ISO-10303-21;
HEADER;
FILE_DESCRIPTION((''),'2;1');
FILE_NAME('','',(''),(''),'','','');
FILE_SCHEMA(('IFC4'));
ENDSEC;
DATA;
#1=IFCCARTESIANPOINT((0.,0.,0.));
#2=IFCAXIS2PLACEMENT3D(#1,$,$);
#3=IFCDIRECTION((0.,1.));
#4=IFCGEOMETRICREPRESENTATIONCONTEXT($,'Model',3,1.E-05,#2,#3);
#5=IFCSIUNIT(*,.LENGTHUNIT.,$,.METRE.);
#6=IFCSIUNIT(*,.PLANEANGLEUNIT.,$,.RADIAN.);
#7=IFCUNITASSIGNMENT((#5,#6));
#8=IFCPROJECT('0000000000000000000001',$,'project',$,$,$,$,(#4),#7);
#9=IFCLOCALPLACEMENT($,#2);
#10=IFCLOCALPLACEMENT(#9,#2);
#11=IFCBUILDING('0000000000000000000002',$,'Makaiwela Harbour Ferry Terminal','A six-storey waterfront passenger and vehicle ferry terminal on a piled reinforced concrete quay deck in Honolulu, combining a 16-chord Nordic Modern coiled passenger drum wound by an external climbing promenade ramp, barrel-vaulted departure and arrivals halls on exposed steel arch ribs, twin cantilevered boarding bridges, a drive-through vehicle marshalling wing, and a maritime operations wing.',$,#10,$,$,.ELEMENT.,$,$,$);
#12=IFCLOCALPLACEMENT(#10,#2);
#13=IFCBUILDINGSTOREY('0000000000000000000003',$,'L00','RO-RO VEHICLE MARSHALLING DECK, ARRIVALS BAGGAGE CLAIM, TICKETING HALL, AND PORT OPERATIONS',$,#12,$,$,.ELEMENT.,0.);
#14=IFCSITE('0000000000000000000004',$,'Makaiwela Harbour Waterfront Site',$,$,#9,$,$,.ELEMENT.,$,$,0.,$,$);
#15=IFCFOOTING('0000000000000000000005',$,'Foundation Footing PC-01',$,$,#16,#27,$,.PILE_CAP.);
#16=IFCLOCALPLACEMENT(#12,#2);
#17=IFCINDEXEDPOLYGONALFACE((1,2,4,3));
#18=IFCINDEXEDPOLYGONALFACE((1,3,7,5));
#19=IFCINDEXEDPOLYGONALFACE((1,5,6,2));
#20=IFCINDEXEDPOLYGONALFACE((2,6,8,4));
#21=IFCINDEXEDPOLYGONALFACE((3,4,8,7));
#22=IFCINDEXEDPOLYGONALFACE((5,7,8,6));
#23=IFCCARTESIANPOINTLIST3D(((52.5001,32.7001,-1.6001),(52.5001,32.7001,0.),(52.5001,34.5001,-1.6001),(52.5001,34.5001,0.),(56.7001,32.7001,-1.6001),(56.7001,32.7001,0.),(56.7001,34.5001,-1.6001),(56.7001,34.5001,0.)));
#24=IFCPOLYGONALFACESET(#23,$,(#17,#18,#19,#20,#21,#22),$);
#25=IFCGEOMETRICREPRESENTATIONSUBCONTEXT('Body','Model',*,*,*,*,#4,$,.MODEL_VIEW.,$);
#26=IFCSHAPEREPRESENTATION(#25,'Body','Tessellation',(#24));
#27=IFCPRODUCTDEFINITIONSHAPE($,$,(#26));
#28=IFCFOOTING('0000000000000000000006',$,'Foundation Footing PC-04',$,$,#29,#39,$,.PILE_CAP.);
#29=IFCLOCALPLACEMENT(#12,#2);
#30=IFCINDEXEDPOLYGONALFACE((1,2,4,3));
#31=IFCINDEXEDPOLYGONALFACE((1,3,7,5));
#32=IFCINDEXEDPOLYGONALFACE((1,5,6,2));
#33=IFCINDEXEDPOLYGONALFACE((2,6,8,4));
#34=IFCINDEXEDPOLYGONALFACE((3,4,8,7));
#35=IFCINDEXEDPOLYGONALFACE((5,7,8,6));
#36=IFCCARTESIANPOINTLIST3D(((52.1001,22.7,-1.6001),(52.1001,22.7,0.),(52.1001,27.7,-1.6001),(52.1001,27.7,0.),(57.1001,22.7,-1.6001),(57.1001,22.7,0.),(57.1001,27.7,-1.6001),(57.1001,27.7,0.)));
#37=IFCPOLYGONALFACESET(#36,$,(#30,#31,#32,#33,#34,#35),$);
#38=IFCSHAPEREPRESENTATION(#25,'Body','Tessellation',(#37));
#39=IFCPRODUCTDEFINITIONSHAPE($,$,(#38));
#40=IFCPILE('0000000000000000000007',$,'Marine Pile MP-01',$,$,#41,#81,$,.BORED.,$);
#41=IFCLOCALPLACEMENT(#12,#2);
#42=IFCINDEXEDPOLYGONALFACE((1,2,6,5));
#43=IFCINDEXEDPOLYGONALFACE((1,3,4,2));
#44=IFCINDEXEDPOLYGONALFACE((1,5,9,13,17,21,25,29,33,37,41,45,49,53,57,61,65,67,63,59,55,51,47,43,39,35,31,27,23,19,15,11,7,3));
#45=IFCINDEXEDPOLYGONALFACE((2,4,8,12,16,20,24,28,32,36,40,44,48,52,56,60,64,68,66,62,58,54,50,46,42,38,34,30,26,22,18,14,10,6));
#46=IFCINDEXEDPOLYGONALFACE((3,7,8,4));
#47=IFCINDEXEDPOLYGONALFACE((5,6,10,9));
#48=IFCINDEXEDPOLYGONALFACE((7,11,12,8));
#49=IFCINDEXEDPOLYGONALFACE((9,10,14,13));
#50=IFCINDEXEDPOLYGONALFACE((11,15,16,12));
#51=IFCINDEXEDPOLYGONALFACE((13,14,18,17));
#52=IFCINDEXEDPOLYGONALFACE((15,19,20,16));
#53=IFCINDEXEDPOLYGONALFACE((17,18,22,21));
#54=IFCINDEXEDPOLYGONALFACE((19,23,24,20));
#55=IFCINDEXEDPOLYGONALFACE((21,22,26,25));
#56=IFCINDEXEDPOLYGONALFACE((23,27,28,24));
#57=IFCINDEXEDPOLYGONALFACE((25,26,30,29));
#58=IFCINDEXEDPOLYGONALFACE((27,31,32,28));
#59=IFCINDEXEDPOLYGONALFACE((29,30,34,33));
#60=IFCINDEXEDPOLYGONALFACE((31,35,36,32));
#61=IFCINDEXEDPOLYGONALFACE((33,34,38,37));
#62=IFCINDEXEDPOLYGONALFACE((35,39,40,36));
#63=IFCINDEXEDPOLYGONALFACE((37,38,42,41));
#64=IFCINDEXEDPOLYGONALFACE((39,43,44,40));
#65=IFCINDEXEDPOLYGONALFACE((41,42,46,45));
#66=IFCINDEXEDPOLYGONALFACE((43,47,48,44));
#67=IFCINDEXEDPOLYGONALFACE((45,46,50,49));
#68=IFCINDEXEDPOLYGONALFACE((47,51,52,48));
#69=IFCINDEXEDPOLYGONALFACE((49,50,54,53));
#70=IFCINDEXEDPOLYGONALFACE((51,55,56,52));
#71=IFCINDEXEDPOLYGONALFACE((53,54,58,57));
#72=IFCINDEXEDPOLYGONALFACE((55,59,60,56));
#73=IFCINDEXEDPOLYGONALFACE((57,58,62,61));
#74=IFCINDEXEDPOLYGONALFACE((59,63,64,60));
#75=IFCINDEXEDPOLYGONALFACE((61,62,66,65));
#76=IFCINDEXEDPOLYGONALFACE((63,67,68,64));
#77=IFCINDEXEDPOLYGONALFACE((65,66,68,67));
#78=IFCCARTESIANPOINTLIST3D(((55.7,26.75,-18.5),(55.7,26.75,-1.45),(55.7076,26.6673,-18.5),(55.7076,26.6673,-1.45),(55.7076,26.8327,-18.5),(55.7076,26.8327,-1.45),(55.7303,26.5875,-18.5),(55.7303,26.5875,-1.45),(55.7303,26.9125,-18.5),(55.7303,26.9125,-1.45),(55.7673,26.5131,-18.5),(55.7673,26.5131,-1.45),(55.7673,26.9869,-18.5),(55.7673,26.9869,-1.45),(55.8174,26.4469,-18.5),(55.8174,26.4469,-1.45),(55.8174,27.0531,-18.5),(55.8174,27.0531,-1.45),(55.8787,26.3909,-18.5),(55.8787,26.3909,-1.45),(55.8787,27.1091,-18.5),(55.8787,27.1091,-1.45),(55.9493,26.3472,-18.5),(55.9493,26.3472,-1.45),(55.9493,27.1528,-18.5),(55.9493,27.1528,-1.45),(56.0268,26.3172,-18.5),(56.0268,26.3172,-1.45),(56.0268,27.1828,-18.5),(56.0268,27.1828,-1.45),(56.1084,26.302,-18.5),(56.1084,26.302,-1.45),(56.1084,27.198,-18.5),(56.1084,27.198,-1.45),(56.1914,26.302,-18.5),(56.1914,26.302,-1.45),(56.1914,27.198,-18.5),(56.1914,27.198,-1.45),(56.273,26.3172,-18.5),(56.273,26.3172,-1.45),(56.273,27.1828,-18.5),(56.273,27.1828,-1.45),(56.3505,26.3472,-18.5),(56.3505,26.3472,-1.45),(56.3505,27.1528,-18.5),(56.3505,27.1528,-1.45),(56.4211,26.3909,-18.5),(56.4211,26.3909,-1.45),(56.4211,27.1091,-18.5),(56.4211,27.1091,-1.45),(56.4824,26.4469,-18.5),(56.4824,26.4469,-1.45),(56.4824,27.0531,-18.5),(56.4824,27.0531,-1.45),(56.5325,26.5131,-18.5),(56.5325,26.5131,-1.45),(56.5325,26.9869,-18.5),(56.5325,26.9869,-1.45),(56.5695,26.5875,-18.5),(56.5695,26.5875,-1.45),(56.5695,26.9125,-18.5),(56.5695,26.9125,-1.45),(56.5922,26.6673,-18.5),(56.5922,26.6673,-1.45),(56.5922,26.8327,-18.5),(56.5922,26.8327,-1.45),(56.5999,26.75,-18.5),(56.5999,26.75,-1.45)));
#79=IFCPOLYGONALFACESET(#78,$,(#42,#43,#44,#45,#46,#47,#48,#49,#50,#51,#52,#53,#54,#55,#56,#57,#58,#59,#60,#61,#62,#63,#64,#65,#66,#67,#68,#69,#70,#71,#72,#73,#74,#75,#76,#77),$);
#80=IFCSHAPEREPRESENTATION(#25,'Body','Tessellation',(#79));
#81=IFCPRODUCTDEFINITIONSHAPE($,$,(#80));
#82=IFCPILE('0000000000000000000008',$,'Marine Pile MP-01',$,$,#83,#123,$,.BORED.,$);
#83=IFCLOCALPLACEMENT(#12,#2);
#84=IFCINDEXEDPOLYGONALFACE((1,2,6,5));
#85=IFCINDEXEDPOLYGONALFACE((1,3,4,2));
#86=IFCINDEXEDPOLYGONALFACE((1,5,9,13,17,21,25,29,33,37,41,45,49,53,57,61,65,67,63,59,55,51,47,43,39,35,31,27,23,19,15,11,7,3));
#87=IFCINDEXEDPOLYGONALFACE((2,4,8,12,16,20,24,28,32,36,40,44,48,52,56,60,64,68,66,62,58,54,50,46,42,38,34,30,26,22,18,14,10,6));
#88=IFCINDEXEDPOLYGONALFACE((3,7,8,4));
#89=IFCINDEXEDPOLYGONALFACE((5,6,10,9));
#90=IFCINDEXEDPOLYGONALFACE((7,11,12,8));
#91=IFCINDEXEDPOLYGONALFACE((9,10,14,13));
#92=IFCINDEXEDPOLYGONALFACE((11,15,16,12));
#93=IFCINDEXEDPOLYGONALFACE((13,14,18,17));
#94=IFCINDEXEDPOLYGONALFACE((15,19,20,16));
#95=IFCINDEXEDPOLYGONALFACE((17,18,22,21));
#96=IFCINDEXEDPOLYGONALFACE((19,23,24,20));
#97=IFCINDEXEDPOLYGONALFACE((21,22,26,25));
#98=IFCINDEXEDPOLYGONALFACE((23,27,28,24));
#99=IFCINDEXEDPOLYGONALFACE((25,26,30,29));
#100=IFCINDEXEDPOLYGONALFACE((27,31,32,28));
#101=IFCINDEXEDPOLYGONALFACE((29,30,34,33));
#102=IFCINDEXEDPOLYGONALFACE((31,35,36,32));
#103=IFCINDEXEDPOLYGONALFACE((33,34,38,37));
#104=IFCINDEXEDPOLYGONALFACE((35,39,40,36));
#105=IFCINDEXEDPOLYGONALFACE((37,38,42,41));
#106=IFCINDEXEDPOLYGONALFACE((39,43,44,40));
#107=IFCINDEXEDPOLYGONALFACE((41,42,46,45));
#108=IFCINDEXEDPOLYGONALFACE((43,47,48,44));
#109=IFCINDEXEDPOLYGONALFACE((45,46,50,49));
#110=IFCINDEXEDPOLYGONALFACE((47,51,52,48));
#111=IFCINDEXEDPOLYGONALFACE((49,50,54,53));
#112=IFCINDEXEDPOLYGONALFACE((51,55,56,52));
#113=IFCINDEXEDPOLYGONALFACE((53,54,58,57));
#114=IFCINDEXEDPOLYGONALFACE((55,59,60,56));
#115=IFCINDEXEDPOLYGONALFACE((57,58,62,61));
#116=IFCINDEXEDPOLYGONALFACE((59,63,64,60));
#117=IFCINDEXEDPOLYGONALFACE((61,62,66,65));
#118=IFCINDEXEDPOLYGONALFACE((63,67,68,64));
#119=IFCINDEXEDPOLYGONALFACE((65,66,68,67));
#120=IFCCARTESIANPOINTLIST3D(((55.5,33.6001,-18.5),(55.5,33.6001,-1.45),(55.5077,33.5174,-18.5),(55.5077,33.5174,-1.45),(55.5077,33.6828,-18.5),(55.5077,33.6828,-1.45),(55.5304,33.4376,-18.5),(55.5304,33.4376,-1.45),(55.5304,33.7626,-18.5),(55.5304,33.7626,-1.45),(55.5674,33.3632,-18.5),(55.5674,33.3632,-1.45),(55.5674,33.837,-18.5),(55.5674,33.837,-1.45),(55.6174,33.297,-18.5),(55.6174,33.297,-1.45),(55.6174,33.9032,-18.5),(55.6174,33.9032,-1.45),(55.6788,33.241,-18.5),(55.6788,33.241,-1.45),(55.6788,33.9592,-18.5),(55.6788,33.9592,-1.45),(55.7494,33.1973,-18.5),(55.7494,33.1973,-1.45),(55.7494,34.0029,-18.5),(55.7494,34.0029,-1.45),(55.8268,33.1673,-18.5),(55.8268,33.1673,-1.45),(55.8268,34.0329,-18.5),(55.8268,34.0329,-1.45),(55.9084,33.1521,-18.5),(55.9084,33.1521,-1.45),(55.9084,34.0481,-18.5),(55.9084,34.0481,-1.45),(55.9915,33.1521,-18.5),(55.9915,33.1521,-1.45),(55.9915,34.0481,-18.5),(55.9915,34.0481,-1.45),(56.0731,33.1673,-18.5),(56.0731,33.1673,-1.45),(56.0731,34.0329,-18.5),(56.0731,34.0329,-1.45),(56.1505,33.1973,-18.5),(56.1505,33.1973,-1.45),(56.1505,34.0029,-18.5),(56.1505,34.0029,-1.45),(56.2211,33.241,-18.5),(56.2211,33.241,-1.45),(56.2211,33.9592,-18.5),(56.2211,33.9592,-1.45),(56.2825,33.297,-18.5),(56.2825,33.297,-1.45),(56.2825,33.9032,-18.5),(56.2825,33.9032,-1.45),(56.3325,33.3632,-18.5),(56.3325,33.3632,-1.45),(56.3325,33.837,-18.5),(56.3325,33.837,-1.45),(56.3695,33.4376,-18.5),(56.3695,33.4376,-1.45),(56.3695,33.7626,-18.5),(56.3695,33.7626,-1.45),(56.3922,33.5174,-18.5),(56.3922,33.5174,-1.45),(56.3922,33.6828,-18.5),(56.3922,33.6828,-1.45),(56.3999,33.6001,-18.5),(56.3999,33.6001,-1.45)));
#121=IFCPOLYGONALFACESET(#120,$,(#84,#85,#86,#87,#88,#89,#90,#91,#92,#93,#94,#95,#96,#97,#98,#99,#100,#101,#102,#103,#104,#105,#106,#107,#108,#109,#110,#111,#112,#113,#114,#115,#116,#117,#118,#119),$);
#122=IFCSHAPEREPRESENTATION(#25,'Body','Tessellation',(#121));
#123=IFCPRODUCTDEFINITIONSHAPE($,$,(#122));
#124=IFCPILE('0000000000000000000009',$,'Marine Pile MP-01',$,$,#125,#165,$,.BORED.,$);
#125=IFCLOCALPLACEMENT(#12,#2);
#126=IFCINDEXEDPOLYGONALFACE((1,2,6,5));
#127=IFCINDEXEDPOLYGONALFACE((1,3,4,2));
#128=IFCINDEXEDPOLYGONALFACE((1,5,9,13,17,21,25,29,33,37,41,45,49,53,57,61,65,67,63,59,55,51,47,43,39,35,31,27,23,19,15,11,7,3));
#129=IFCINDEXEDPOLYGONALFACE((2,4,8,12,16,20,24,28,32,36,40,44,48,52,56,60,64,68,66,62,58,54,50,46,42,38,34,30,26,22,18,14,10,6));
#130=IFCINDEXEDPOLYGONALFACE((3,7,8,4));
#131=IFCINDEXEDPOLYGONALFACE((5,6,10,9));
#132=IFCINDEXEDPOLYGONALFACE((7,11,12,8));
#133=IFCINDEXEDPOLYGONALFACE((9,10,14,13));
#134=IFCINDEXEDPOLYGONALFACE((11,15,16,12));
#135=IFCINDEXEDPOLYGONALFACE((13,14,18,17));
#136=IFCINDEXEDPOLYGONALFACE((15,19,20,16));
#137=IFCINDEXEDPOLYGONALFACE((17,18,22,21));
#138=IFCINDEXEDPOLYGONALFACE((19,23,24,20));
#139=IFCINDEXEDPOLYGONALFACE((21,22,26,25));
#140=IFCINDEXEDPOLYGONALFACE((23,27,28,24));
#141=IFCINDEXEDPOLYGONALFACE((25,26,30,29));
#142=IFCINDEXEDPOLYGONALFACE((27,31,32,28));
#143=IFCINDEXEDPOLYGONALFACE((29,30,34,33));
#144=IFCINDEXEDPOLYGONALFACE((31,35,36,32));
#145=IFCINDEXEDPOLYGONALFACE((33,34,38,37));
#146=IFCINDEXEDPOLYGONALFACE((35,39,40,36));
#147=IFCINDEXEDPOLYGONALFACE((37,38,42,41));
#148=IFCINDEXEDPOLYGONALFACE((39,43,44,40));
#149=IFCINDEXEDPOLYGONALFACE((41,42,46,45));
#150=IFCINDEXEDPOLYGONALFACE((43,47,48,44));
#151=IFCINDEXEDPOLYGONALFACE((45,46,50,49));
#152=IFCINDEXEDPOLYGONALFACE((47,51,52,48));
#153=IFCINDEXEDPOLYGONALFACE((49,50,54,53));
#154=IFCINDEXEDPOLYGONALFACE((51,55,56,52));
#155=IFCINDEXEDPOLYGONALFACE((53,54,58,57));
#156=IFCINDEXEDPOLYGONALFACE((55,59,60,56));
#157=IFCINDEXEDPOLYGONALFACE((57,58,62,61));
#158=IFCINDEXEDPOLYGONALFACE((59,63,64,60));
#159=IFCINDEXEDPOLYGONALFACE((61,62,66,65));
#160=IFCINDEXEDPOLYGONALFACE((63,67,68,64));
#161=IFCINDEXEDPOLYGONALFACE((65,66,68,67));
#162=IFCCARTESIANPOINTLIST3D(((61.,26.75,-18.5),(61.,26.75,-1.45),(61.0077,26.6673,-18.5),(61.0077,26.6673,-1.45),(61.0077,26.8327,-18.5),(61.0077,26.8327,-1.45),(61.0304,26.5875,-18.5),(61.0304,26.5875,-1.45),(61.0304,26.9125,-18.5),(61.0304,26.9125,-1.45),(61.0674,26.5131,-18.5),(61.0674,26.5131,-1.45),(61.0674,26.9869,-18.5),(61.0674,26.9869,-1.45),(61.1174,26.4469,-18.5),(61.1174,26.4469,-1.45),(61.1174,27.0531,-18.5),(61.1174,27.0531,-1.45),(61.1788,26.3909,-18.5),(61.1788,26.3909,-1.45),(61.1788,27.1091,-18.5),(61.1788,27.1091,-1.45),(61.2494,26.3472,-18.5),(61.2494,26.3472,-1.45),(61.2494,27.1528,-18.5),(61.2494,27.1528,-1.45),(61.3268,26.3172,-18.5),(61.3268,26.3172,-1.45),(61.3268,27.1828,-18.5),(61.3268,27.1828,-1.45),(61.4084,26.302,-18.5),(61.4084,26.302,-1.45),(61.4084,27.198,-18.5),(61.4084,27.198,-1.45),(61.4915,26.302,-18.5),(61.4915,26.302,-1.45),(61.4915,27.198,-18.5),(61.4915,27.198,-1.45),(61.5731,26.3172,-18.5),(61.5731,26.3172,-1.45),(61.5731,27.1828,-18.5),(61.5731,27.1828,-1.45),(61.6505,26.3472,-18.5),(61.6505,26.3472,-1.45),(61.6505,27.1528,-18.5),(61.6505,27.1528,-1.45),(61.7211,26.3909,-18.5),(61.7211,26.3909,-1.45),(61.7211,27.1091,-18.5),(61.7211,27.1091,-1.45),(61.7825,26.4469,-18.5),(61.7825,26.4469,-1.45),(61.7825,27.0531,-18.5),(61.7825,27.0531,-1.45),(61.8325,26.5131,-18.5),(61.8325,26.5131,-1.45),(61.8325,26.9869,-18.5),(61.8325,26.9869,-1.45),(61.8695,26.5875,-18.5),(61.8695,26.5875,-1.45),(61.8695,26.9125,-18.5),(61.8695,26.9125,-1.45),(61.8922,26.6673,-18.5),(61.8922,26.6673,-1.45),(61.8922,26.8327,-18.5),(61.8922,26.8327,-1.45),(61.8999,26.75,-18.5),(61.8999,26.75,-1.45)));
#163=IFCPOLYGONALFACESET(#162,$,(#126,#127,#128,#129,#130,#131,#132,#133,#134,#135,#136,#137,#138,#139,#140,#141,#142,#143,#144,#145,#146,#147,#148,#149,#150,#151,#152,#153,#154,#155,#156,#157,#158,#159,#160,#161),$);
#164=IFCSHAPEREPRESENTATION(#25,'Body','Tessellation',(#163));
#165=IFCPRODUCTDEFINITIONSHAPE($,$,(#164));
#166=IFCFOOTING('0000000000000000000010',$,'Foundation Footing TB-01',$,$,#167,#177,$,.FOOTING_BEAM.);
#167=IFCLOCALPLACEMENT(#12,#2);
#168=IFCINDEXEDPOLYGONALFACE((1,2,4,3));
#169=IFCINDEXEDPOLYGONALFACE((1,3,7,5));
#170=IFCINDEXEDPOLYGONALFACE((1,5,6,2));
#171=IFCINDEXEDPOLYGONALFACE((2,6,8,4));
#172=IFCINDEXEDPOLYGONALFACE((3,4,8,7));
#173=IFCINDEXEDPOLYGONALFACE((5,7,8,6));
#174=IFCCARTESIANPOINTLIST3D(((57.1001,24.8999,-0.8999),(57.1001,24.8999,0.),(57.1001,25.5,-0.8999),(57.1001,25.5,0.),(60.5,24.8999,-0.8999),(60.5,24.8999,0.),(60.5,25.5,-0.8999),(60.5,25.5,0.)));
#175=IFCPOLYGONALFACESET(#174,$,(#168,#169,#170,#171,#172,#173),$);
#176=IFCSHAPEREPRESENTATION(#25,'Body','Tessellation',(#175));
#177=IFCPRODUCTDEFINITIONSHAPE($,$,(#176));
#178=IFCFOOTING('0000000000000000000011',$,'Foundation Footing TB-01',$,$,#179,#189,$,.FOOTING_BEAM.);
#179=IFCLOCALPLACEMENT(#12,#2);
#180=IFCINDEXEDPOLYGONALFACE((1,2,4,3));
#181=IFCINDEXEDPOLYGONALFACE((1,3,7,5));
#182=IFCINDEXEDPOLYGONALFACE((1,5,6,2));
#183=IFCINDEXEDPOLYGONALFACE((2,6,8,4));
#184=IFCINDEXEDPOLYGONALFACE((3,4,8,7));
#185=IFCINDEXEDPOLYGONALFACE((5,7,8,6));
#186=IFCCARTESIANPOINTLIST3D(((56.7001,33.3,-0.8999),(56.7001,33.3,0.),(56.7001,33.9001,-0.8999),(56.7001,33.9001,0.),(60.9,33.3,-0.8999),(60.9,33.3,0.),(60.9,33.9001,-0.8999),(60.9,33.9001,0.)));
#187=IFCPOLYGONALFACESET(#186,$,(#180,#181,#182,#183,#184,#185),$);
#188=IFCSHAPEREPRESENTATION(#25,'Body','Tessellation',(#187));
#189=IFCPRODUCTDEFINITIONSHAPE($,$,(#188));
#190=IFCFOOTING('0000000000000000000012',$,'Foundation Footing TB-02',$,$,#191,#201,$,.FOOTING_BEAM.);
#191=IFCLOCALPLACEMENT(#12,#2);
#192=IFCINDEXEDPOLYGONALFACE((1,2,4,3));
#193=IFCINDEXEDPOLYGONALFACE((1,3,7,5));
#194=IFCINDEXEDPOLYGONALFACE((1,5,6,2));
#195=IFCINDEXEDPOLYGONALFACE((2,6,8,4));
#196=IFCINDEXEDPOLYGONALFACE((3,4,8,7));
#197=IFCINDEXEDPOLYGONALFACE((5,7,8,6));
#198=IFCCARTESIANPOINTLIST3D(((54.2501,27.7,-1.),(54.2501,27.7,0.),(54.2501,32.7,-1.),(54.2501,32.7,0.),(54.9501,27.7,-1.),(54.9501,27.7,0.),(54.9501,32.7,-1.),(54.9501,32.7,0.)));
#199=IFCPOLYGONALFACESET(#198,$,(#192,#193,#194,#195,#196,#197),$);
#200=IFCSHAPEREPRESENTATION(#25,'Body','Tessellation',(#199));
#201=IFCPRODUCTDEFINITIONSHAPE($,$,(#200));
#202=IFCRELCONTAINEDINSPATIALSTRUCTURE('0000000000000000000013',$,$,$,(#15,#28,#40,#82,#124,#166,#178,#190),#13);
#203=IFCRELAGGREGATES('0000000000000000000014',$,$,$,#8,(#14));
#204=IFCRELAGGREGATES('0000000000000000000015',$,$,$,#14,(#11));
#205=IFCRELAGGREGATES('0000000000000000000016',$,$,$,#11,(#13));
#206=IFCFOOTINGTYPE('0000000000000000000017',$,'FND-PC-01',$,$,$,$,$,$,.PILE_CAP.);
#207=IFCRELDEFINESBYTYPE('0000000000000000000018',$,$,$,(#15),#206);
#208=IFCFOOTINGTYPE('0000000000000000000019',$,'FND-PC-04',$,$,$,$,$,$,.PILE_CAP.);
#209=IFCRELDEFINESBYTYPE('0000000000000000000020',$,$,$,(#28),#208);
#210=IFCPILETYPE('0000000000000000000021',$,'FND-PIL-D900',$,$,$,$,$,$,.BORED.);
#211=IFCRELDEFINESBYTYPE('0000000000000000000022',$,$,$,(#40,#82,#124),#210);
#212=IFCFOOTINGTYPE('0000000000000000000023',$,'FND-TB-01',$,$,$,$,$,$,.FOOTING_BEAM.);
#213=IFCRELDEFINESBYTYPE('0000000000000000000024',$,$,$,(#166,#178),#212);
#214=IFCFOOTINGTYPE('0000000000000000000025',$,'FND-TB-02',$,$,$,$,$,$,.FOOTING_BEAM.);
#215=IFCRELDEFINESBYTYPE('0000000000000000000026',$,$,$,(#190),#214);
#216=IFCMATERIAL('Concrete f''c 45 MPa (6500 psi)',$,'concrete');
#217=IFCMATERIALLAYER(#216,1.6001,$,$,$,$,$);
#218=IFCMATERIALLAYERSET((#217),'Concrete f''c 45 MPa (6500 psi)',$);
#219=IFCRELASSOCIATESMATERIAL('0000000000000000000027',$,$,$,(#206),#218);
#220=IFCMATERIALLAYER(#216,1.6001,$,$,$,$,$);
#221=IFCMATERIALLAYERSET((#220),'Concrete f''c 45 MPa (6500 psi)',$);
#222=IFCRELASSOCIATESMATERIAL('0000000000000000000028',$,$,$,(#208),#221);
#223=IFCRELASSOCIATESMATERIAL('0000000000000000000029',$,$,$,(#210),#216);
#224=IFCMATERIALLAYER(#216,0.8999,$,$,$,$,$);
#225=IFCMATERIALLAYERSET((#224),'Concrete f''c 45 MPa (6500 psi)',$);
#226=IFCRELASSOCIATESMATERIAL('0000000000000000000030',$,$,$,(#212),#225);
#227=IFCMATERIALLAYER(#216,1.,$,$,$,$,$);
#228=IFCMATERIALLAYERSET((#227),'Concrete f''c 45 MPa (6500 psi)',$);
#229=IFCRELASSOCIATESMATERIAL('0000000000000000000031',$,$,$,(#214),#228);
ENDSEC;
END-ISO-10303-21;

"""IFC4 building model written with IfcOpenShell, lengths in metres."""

from ifc_helpers import new_model, si_unit, direction, frame, origin, origin_2d, place, context, subcontext, project, spatial, rectangle, circle, extrude, material, layer, layer_set, material_profile, profile_set, type_object, element, save


model = new_model("IFC4")

# Units and contexts
model_context = context("Model", 3, precision=1e-05, world=origin(), true_north=direction((0.0, 1.0)))
body_context = subcontext(model_context, "Body", "Model", "MODEL_VIEW")
ifc_project = project(units=[si_unit("LENGTHUNIT", "METRE"), si_unit("PLANEANGLEUNIT", "RADIAN")], contexts=[model_context])

# Site, building, storey
site_placement = place(None, origin())
site = spatial("IfcSite", under=ifc_project, at=site_placement, Name="Makaiwela Harbour Waterfront Site", CompositionType="ELEMENT", RefElevation=0.0)
building_placement = place(site_placement, origin())
building = spatial("IfcBuilding", under=site, at=building_placement, Name="Makaiwela Harbour Ferry Terminal", Description="A six-storey waterfront passenger and vehicle ferry terminal on a piled reinforced concrete quay deck in Honolulu, combining a 16-chord Nordic Modern coiled passenger drum wound by an external climbing promenade ramp, barrel-vaulted departure and arrivals halls on exposed steel arch ribs, twin cantilevered boarding bridges, a drive-through vehicle marshalling wing, and a maritime operations wing.", CompositionType="ELEMENT")
storey_placement = place(building_placement, origin())
storey = spatial("IfcBuildingStorey", under=building, at=storey_placement, Name="L00", Description="RO-RO VEHICLE MARSHALLING DECK, ARRIVALS BAGGAGE CLAIM, TICKETING HALL, AND PORT OPERATIONS", CompositionType="ELEMENT", Elevation=0.0)

# Footings
ifc_material_1 = material(Name="Concrete f'c 45 MPa (6500 psi)", Category="concrete")
ifc_layer_1 = layer(ifc_material_1, 1.6001)
ifc_layer_set_1 = layer_set([ifc_layer_1], Name="Concrete f'c 45 MPa (6500 psi)")
footing_type_1 = type_object("IfcFootingType", Name="FND-PC-01", PredefinedType="PILE_CAP", material=ifc_layer_set_1)
footing_1_placement = place(storey_placement, frame((54.6001, 33.6001, -1.6001), z_axis=(0.0, 0.0, 1.0), x_axis=(1.0, 0.0, 0.0)))
element("IfcFooting", 1, at=footing_1_placement, inside=storey, type_object=footing_type_1, Name="Foundation Footing PC-01", PredefinedType="PILE_CAP", context=body_context, shape_type="SweptSolid", body=[
    extrude(rectangle(XDim=4.2, YDim=1.8, at=origin_2d()), origin(), (0.0, 0.0, 1.0), 1.6001),
])
ifc_layer_2 = layer(ifc_material_1, 1.6001)
ifc_layer_set_2 = layer_set([ifc_layer_2], Name="Concrete f'c 45 MPa (6500 psi)")
footing_type_2 = type_object("IfcFootingType", Name="FND-PC-04", PredefinedType="PILE_CAP", material=ifc_layer_set_2)
footing_2_placement = place(storey_placement, frame((54.6001, 25.2, -1.6001), z_axis=(0.0, 0.0, 1.0), x_axis=(1.0, 0.0, 0.0)))
element("IfcFooting", 2, at=footing_2_placement, inside=storey, type_object=footing_type_2, Name="Foundation Footing PC-04", PredefinedType="PILE_CAP", context=body_context, shape_type="SweptSolid", body=[
    extrude(rectangle(XDim=5.0, YDim=5.0, at=origin_2d()), origin(), (0.0, 0.0, 1.0), 1.6001),
])

# Piles
ifc_material_profile_1 = material_profile(ifc_material_1, circle(Radius=0.45, at=origin_2d()), Name="PILE-D900")
ifc_profile_set_1 = profile_set([ifc_material_profile_1], Name="Concrete f'c 45 MPa (6500 psi)")
pile_type = type_object("IfcPileType", Name="FND-PIL-D900", PredefinedType="BORED", material=ifc_profile_set_1)
for number, where, z_axis, x_axis, name in (
    (3, (56.1499, 26.75, -1.45), (0.0, 0.0, -1.0), (1.0, 0.0, 0.0), "Marine Pile MP-01"),
    (4, (55.95, 33.6001, -1.45), (0.0, 0.0, -1.0), (1.0, 0.0, 0.0), "Marine Pile MP-01"),
    (5, (61.45, 26.75, -1.45), (0.0, 0.0, -1.0), (1.0, 0.0, 0.0), "Marine Pile MP-01"),
):
    element("IfcPile", number, at=place(storey_placement, frame(where, z_axis=z_axis, x_axis=x_axis)), inside=storey, type_object=pile_type, Name=name, PredefinedType="BORED", context=body_context, shape_type="SweptSolid", body=[
        extrude(circle(Radius=0.45, at=origin_2d()), origin(), (0.0, 0.0, 1.0), 17.05),
    ])

# Footings
ifc_layer_3 = layer(ifc_material_1, 0.8999)
ifc_layer_set_3 = layer_set([ifc_layer_3], Name="Concrete f'c 45 MPa (6500 psi)")
footing_type_3 = type_object("IfcFootingType", Name="FND-TB-01", PredefinedType="FOOTING_BEAM", material=ifc_layer_set_3)
footing_3_placement = place(storey_placement, frame((58.8, 25.2, -0.8999), z_axis=(0.0, 0.0, 1.0), x_axis=(1.0, 0.0, 0.0)))
element("IfcFooting", 6, at=footing_3_placement, inside=storey, type_object=footing_type_3, Name="Foundation Footing TB-01", PredefinedType="FOOTING_BEAM", context=body_context, shape_type="SweptSolid", body=[
    extrude(rectangle(XDim=3.3999, YDim=0.6001, at=origin_2d()), origin(), (0.0, 0.0, 1.0), 0.8999),
])
footing_4_placement = place(storey_placement, frame((58.8, 33.6001, -0.8999), z_axis=(0.0, 0.0, 1.0), x_axis=(1.0, 0.0, 0.0)))
element("IfcFooting", 7, at=footing_4_placement, inside=storey, type_object=footing_type_3, Name="Foundation Footing TB-01", PredefinedType="FOOTING_BEAM", context=body_context, shape_type="SweptSolid", body=[
    extrude(rectangle(XDim=4.2, YDim=0.6001, at=origin_2d()), origin(), (0.0, 0.0, 1.0), 0.8999),
])
ifc_layer_4 = layer(ifc_material_1, 1.0)
ifc_layer_set_4 = layer_set([ifc_layer_4], Name="Concrete f'c 45 MPa (6500 psi)")
footing_type_4 = type_object("IfcFootingType", Name="FND-TB-02", PredefinedType="FOOTING_BEAM", material=ifc_layer_set_4)
footing_5_placement = place(storey_placement, frame((54.6001, 30.2, -1.0), z_axis=(0.0, 0.0, 1.0), x_axis=(0.0, 1.0, 0.0)))
element("IfcFooting", 8, at=footing_5_placement, inside=storey, type_object=footing_type_4, Name="Foundation Footing TB-02", PredefinedType="FOOTING_BEAM", context=body_context, shape_type="SweptSolid", body=[
    extrude(rectangle(XDim=5.0, YDim=0.7, at=origin_2d()), origin(), (0.0, 0.0, 1.0), 1.0),
])

save(model, "model.ifc")
